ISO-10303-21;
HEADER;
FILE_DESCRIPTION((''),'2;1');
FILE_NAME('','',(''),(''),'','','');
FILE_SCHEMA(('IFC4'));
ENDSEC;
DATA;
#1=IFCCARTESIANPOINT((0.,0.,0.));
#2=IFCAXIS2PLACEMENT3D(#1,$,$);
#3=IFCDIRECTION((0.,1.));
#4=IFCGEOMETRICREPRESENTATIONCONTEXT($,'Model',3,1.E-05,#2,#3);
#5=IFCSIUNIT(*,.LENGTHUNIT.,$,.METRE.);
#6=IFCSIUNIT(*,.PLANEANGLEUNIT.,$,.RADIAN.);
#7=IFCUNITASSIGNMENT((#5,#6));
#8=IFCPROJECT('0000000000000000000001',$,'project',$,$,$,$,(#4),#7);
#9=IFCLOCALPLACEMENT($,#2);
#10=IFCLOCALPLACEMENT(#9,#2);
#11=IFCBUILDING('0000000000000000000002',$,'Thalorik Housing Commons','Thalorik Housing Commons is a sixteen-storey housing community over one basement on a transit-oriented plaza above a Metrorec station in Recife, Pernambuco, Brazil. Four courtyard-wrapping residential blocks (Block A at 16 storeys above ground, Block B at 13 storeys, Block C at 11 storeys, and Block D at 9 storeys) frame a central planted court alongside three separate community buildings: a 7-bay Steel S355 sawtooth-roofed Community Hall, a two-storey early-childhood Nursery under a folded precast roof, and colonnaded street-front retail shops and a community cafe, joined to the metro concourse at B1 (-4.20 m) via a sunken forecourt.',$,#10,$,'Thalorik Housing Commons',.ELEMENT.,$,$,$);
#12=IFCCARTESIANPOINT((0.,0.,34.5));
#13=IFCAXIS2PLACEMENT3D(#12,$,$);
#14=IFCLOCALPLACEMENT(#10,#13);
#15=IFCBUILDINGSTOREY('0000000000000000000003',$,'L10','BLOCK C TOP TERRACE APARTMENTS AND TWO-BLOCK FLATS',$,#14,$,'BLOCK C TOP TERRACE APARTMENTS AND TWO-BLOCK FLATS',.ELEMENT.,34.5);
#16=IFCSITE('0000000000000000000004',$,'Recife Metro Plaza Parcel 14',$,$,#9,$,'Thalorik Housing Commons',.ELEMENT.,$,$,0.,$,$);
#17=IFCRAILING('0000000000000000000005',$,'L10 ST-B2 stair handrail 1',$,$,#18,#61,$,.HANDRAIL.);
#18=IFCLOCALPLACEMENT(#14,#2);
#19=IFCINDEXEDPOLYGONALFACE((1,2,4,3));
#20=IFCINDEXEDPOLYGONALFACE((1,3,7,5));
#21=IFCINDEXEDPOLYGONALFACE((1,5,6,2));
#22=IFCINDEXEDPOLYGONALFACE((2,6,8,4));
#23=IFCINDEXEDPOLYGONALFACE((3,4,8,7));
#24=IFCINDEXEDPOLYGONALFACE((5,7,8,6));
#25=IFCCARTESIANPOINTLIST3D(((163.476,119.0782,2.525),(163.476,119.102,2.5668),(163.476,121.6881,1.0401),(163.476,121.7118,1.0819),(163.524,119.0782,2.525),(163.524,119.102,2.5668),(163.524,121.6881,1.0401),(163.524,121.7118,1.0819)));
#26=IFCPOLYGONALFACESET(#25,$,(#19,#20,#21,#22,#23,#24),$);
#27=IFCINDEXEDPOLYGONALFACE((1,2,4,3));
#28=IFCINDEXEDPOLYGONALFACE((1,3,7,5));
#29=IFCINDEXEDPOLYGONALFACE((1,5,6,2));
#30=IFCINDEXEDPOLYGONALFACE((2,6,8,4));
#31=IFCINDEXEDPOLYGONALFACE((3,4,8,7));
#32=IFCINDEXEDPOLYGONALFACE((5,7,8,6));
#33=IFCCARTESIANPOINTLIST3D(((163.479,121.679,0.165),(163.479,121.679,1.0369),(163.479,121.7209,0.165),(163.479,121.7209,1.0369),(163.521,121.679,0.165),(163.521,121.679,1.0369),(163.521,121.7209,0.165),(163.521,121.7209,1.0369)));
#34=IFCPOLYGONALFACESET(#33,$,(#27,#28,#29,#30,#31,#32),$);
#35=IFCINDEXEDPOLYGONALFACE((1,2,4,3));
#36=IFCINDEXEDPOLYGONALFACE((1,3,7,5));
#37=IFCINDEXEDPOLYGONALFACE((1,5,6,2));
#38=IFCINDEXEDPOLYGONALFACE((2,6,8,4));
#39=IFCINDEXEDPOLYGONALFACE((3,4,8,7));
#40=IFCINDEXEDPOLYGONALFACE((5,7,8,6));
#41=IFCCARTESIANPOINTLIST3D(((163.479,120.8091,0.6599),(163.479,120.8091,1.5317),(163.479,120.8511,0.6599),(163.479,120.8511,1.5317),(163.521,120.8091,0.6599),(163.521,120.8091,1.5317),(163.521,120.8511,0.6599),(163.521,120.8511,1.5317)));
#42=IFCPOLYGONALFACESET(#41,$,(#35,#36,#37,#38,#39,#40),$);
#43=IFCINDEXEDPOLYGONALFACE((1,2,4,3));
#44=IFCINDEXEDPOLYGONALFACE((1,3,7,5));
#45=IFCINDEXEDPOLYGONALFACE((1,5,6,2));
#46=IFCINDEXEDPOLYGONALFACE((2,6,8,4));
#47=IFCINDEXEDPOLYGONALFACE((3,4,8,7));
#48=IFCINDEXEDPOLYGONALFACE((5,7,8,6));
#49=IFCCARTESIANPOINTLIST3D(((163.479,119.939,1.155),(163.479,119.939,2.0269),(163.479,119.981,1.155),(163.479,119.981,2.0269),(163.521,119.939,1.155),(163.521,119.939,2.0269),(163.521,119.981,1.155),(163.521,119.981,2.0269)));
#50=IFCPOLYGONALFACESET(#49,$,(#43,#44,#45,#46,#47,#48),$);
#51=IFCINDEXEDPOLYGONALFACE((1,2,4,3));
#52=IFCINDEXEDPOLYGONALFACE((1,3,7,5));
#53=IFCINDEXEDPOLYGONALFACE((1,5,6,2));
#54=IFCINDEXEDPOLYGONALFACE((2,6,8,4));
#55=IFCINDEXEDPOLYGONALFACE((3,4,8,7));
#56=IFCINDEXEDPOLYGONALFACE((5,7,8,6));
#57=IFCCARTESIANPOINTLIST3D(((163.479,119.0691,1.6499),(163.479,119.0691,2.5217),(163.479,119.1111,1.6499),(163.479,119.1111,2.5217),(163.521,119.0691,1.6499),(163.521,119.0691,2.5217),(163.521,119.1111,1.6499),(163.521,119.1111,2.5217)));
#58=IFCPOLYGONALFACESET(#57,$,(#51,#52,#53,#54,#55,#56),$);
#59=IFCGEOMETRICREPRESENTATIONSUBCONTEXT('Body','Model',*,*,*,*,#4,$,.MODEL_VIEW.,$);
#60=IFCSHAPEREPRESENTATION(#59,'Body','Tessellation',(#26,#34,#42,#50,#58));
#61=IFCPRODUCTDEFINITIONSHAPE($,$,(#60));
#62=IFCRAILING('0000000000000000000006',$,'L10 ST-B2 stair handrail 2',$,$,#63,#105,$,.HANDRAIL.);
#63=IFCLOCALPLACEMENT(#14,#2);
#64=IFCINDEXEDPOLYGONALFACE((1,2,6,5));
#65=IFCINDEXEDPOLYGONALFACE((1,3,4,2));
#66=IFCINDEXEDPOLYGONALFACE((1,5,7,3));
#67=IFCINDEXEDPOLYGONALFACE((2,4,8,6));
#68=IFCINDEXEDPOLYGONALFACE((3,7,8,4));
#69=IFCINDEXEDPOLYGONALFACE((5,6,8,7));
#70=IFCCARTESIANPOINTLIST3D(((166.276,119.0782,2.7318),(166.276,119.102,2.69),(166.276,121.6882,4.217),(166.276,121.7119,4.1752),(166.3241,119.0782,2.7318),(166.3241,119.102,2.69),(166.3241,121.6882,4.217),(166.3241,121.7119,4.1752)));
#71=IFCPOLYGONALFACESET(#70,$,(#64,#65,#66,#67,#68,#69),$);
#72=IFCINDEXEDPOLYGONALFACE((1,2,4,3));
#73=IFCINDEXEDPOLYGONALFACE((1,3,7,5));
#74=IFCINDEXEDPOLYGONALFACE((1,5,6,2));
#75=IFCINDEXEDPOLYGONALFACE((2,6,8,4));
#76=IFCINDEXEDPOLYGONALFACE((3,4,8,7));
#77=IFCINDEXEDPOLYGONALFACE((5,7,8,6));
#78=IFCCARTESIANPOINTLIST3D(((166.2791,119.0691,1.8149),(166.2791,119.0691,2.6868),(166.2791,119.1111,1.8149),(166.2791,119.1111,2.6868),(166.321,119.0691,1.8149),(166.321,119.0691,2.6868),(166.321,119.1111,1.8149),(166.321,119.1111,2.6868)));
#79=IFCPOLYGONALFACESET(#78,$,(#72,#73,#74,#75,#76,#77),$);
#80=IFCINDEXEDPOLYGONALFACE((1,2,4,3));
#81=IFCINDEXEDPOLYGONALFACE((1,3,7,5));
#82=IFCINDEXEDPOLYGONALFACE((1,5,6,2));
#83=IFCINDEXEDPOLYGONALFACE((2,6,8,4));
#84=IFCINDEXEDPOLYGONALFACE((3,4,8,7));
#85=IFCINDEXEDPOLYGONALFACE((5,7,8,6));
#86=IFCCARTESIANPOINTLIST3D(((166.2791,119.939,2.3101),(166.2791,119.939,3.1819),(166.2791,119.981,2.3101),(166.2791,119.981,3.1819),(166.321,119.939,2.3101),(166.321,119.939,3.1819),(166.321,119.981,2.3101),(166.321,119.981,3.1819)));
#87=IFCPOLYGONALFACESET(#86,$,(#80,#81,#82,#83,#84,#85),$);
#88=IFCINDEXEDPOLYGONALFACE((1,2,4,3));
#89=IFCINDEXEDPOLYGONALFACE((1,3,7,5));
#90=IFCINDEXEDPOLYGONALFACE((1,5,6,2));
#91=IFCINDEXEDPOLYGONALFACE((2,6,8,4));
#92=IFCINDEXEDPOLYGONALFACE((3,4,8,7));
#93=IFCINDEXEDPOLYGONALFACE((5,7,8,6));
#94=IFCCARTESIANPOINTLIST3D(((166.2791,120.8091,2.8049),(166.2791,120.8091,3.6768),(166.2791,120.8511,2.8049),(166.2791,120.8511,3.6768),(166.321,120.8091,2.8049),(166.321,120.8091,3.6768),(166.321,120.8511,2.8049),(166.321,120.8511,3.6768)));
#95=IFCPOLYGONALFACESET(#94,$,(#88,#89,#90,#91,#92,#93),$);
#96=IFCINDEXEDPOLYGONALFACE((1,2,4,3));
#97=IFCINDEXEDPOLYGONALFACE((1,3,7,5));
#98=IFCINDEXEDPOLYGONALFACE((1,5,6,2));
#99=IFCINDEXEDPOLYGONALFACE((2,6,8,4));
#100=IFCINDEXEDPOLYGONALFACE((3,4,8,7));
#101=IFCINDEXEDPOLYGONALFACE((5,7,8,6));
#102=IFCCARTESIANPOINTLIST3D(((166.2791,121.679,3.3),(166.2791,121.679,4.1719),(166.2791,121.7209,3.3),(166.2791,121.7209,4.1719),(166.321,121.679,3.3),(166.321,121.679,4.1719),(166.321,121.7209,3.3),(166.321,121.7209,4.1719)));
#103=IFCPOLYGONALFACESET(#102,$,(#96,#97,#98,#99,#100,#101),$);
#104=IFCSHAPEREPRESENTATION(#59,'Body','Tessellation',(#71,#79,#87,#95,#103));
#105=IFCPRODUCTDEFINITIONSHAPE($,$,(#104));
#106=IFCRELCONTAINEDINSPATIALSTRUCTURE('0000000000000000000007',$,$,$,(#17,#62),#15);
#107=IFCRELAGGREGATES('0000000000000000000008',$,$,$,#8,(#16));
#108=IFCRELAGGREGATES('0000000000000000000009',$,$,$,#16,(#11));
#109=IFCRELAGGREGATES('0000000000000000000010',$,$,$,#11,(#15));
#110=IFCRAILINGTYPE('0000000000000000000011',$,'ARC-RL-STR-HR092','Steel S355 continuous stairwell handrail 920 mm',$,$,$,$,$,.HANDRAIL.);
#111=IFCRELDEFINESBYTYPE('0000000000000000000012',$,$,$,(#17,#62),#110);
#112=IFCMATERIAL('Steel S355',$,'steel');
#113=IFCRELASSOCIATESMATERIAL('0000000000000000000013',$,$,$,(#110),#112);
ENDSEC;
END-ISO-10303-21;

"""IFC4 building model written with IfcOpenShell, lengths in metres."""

from ifc_helpers import new_model, si_unit, direction, frame, origin, origin_2d, place, context, subcontext, project, spatial, rectangle, extrude, material, type_object, element, save


model = new_model("IFC4")

# Units and contexts
model_context = context("Model", 3, precision=1e-05, world=origin(), true_north=direction((0.0, 1.0)))
body_context = subcontext(model_context, "Body", "Model", "MODEL_VIEW")
ifc_project = project(units=[si_unit("LENGTHUNIT", "METRE"), si_unit("PLANEANGLEUNIT", "RADIAN")], contexts=[model_context])

# Site, building, storey
site_placement = place(None, origin())
site = spatial("IfcSite", under=ifc_project, at=site_placement, Name="Recife Metro Plaza Parcel 14", LongName="Thalorik Housing Commons", CompositionType="ELEMENT", RefElevation=0.0)
building_placement = place(site_placement, origin())
building = spatial("IfcBuilding", under=site, at=building_placement, Name="Thalorik Housing Commons", Description="Thalorik Housing Commons is a sixteen-storey housing community over one basement on a transit-oriented plaza above a Metrorec station in Recife, Pernambuco, Brazil. Four courtyard-wrapping residential blocks (Block A at 16 storeys above ground, Block B at 13 storeys, Block C at 11 storeys, and Block D at 9 storeys) frame a central planted court alongside three separate community buildings: a 7-bay Steel S355 sawtooth-roofed Community Hall, a two-storey early-childhood Nursery under a folded precast roof, and colonnaded street-front retail shops and a community cafe, joined to the metro concourse at B1 (-4.20 m) via a sunken forecourt.", LongName="Thalorik Housing Commons", CompositionType="ELEMENT")
storey_placement = place(building_placement, frame((0.0, 0.0, 34.5)))
storey = spatial("IfcBuildingStorey", under=building, at=storey_placement, Name="L10", Description="BLOCK C TOP TERRACE APARTMENTS AND TWO-BLOCK FLATS", LongName="BLOCK C TOP TERRACE APARTMENTS AND TWO-BLOCK FLATS", CompositionType="ELEMENT", Elevation=34.5)

# Railings
ifc_material_1 = material(Name="Steel S355", Category="steel")
railing_type_1 = type_object("IfcRailingType", Name="ARC-RL-STR-HR092", Description="Steel S355 continuous stairwell handrail 920 mm", PredefinedType="HANDRAIL", material=ifc_material_1)
railing_1_placement = place(storey_placement, frame((163.5, 121.7, 0.165)))
element("IfcRailing", 1, at=railing_1_placement, inside=storey, type_object=railing_type_1, Name="L10 ST-B2 stair handrail 1", PredefinedType="HANDRAIL", context=body_context, shape_type="SweptSolid", body=[
    extrude(rectangle(XDim=0.0481, YDim=0.0481, at=origin_2d()), frame((0.0, 0.0, 0.896), z_axis=(0.0, -0.869172, 0.494509), x_axis=(1.0, 0.0, 0.0)), (0.0, 0.0, 1.0), 3.0027),
    extrude(rectangle(XDim=0.042, YDim=0.042, at=origin_2d()), origin(), (0.0, 0.0, 1.0), 0.8718),
    extrude(rectangle(XDim=0.042, YDim=0.042, at=origin_2d()), frame((0.0, -0.8699, 0.4949)), (0.0, 0.0, 1.0), 0.8718),
    extrude(rectangle(XDim=0.042, YDim=0.042, at=origin_2d()), frame((0.0, -1.74, 0.99)), (0.0, 0.0, 1.0), 0.8718),
    extrude(rectangle(XDim=0.042, YDim=0.042, at=origin_2d()), frame((0.0, -2.6099, 1.4849)), (0.0, 0.0, 1.0), 0.8718),
])
railing_2_placement = place(storey_placement, frame((166.3, 119.0901, 1.8149)))
element("IfcRailing", 2, at=railing_2_placement, inside=storey, type_object=railing_type_1, Name="L10 ST-B2 stair handrail 2", PredefinedType="HANDRAIL", context=body_context, shape_type="SweptSolid", body=[
    extrude(rectangle(XDim=0.0481, YDim=0.0481, at=origin_2d()), frame((0.0, 0.0, 0.896), z_axis=(0.0, 0.869137, 0.494571), x_axis=(-1.0, 0.0, 0.0)), (0.0, 0.0, 1.0), 3.0029),
    extrude(rectangle(XDim=0.042, YDim=0.042, at=origin_2d()), origin(), (0.0, 0.0, 1.0), 0.8718),
    extrude(rectangle(XDim=0.042, YDim=0.042, at=origin_2d()), frame((0.0, 0.8699, 0.4951)), (0.0, 0.0, 1.0), 0.8718),
    extrude(rectangle(XDim=0.042, YDim=0.042, at=origin_2d()), frame((0.0, 1.74, 0.99)), (0.0, 0.0, 1.0), 0.8718),
    extrude(rectangle(XDim=0.042, YDim=0.042, at=origin_2d()), frame((0.0, 2.6099, 1.4851)), (0.0, 0.0, 1.0), 0.8718),
])

save(model, "model.ifc")
